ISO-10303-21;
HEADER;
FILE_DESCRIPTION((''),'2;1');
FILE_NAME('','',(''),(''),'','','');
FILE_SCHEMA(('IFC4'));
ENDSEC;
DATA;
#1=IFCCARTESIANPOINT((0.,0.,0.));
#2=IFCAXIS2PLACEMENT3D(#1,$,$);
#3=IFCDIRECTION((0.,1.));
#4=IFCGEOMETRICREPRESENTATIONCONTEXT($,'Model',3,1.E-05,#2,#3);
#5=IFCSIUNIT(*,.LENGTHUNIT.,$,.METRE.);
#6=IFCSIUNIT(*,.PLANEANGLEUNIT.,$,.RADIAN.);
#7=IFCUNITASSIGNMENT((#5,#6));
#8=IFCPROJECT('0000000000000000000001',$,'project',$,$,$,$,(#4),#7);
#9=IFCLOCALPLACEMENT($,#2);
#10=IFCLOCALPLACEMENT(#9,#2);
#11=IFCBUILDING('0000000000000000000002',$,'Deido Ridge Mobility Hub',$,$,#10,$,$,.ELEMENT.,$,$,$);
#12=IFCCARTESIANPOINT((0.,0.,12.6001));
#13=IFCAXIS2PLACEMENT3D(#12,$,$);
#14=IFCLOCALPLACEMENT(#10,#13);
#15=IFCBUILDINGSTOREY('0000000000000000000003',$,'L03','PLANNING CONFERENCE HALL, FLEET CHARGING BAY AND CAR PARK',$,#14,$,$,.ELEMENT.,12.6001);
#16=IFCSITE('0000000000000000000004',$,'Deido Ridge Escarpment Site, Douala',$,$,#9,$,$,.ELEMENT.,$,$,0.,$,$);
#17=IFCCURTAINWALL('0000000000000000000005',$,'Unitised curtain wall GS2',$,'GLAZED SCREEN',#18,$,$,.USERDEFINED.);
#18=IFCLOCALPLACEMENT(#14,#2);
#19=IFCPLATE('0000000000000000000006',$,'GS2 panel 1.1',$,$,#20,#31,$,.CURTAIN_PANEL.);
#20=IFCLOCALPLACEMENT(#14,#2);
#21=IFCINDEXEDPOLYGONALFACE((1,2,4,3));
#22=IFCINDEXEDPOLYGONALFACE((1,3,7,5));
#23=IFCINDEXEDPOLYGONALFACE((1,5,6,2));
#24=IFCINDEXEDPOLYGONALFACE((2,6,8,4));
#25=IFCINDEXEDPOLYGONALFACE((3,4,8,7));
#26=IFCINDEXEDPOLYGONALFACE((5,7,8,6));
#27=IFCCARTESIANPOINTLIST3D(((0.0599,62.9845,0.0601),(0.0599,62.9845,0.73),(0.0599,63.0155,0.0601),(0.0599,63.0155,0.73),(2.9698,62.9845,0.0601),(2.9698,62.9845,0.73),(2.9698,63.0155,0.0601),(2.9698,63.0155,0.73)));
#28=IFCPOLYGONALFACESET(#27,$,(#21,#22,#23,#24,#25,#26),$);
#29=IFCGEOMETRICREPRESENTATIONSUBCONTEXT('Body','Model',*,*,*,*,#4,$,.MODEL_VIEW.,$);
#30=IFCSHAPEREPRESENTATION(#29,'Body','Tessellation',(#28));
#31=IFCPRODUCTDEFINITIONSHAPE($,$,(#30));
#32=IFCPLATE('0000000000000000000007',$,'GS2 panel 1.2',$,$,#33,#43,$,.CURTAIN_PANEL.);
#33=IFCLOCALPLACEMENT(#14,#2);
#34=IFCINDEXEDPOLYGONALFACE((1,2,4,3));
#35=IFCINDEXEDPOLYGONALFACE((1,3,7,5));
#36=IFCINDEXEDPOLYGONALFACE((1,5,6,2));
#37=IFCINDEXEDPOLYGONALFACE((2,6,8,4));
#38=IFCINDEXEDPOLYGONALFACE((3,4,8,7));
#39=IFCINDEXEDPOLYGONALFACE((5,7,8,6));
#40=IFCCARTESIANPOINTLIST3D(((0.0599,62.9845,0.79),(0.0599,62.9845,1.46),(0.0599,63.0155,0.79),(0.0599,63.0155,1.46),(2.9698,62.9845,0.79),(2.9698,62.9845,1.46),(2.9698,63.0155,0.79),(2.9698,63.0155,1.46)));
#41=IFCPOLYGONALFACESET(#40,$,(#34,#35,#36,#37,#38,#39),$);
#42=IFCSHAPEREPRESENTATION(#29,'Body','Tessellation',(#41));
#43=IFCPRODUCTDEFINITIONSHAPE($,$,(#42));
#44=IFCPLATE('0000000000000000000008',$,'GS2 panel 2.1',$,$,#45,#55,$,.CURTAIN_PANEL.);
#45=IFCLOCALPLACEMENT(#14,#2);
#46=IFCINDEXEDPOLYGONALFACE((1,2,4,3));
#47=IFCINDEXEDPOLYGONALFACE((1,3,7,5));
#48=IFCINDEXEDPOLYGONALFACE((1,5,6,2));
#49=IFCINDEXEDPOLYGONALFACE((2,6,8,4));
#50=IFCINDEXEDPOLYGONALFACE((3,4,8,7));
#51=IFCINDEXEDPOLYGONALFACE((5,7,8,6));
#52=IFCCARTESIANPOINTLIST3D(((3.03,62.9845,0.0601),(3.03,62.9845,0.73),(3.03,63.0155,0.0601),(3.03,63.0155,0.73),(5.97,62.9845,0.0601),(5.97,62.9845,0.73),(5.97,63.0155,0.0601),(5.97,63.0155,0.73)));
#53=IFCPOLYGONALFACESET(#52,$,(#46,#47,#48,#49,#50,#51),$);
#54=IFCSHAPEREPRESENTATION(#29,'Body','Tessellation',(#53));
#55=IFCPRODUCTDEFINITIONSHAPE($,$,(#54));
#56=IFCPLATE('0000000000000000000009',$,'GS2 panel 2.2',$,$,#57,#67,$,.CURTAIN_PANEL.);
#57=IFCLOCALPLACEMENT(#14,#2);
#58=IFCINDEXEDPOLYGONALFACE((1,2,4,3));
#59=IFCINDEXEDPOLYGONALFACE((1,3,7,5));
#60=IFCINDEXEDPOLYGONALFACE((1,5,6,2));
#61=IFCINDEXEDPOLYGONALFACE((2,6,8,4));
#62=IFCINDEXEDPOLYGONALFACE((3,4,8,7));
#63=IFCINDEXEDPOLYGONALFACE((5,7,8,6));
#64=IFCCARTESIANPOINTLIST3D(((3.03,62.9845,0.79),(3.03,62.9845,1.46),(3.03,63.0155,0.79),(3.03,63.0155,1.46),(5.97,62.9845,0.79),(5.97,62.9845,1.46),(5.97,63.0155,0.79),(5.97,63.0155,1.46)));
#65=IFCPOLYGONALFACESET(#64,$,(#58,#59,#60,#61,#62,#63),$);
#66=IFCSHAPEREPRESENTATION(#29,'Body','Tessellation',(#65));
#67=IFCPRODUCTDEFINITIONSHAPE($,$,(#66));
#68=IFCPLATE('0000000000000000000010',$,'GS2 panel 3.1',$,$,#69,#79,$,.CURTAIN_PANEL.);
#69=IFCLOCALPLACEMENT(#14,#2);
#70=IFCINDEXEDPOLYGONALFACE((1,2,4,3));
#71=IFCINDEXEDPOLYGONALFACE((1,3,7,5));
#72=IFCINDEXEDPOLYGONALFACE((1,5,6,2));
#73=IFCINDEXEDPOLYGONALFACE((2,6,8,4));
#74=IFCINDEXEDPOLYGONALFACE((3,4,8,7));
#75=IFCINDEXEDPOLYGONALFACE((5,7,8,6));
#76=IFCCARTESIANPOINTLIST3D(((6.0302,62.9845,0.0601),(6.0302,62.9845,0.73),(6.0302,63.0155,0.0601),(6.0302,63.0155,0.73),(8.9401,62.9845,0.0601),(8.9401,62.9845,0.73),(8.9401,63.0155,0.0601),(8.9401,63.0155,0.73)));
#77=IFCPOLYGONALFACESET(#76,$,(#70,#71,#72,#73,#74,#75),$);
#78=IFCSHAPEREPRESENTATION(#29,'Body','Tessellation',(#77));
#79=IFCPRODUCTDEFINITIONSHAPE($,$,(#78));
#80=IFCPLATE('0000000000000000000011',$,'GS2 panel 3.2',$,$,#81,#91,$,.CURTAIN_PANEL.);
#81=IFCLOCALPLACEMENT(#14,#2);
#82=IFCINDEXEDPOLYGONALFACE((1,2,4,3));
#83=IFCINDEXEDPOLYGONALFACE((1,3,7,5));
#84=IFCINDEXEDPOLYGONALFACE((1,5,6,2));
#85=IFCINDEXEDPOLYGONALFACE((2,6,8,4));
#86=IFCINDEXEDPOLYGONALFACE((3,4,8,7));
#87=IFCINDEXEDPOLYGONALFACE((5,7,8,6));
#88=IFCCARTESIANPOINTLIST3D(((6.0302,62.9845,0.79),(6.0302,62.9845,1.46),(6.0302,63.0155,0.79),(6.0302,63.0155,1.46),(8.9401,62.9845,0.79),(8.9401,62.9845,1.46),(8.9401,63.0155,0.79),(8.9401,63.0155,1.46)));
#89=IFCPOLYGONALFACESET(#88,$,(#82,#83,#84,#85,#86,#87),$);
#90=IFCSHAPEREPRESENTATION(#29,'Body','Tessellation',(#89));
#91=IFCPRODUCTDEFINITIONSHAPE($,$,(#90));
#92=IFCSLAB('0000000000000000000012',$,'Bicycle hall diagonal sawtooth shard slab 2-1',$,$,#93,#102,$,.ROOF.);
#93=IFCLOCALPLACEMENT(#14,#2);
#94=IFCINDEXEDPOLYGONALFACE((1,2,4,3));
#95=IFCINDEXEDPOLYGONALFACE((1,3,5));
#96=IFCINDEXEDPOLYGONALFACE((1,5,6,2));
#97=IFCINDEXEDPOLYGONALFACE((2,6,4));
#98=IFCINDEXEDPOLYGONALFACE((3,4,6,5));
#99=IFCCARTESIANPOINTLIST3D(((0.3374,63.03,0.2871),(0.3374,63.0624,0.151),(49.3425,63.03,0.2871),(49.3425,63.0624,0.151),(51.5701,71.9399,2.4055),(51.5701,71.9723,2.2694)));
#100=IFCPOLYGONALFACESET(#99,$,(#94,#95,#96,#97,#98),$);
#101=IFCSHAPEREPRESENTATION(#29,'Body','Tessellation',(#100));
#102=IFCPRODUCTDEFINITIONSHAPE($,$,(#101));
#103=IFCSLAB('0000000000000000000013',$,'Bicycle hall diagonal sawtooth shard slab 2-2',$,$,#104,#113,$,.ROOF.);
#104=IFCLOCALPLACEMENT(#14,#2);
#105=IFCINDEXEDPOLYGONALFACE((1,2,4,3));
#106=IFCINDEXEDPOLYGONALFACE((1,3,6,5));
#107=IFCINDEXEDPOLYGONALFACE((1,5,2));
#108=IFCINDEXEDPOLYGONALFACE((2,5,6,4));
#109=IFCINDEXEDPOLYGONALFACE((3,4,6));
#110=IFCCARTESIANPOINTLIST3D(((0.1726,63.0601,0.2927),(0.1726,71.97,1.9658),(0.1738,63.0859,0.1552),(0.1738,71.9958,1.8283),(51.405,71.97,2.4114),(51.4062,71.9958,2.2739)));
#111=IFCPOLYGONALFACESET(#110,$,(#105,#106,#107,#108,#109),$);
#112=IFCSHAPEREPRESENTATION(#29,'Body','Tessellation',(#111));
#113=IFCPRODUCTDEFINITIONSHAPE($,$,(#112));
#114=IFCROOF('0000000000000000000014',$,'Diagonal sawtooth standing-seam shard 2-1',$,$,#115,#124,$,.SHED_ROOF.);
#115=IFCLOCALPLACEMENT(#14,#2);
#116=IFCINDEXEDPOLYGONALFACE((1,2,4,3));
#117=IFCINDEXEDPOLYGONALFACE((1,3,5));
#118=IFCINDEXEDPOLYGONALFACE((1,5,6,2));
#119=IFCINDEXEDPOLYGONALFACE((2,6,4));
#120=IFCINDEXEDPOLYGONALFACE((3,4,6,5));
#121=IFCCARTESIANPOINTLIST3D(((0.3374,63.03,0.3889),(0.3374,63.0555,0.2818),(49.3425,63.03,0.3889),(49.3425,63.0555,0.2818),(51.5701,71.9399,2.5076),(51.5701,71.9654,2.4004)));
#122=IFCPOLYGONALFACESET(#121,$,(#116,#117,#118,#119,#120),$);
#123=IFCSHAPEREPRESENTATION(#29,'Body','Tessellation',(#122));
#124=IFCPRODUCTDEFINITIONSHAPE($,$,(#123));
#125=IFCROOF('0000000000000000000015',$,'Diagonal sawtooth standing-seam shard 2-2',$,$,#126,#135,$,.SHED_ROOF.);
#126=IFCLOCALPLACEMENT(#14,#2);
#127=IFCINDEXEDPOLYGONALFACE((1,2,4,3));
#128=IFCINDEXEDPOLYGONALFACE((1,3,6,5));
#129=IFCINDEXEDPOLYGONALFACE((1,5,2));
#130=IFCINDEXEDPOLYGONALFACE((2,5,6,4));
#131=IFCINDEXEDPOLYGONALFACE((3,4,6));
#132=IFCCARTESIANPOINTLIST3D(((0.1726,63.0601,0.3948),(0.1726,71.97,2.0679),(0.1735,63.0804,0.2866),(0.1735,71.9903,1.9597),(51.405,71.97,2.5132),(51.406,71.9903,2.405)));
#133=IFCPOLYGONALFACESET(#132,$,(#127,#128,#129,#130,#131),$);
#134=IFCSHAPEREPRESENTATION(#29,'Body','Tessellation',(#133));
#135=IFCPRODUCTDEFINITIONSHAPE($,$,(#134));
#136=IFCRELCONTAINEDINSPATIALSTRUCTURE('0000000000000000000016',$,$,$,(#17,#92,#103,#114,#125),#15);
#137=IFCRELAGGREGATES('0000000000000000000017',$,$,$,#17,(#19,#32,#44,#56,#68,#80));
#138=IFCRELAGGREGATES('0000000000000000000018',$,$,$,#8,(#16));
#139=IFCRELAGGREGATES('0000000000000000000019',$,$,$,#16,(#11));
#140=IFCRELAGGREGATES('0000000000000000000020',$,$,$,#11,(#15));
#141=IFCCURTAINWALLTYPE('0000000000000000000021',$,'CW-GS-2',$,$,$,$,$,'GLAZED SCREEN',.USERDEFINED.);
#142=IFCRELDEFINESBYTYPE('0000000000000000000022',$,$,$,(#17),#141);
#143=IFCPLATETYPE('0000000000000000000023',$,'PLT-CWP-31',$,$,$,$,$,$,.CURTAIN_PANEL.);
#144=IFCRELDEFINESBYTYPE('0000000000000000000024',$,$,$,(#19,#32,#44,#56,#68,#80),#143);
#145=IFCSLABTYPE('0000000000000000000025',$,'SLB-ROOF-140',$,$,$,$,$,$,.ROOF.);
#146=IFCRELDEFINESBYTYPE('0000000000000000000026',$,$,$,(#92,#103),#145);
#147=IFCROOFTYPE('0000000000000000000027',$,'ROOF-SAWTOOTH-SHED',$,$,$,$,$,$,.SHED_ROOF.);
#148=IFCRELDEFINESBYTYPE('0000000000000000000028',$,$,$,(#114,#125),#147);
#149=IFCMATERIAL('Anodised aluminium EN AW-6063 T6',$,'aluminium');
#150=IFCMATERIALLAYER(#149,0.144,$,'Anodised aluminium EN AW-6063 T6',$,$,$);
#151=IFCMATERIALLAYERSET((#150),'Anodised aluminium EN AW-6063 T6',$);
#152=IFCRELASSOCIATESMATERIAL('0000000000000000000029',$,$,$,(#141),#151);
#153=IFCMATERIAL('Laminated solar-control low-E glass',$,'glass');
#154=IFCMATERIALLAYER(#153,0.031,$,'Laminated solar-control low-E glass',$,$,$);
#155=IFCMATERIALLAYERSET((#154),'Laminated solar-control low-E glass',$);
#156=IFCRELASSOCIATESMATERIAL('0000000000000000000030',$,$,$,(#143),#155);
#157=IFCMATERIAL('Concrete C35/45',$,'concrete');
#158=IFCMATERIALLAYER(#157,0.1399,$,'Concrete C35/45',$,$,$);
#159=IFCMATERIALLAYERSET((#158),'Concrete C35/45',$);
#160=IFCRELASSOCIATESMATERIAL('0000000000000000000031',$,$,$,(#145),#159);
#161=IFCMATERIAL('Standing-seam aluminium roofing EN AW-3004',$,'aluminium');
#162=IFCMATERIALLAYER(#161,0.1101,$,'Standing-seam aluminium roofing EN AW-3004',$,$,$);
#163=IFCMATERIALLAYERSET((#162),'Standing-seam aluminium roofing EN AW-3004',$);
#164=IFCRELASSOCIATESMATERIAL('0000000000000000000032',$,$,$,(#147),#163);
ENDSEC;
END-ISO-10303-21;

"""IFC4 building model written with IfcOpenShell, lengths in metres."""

from ifc_helpers import new_model, si_unit, direction, frame, origin, origin_2d, place, context, subcontext, project, spatial, polyline, rectangle, outline, extrude, material, layer, layer_set, type_object, element, aggregate, save


model = new_model("IFC4")

# Units and contexts
model_context = context("Model", 3, precision=1e-05, world=origin(), true_north=direction((0.0, 1.0)))
body_context = subcontext(model_context, "Body", "Model", "MODEL_VIEW")
ifc_project = project(units=[si_unit("LENGTHUNIT", "METRE"), si_unit("PLANEANGLEUNIT", "RADIAN")], contexts=[model_context])

# Site, building, storey
site_placement = place(None, origin())
site = spatial("IfcSite", under=ifc_project, at=site_placement, Name="Deido Ridge Escarpment Site, Douala", CompositionType="ELEMENT", RefElevation=0.0)
building_placement = place(site_placement, origin())
building = spatial("IfcBuilding", under=site, at=building_placement, Name="Deido Ridge Mobility Hub", CompositionType="ELEMENT")
storey_placement = place(building_placement, frame((0.0, 0.0, 12.6001)))
storey = spatial("IfcBuildingStorey", under=building, at=storey_placement, Name="L03", Description="PLANNING CONFERENCE HALL, FLEET CHARGING BAY AND CAR PARK", CompositionType="ELEMENT", Elevation=12.6001)

# Curtain wall
ifc_material_1 = material(Name="Anodised aluminium EN AW-6063 T6", Category="aluminium")
ifc_layer_1 = layer(ifc_material_1, 0.144, Name="Anodised aluminium EN AW-6063 T6")
ifc_layer_set_1 = layer_set([ifc_layer_1], Name="Anodised aluminium EN AW-6063 T6")
curtain_wall_type = type_object("IfcCurtainWallType", Name="CW-GS-2", ElementType="GLAZED SCREEN", PredefinedType="USERDEFINED", material=ifc_layer_set_1)
curtain_wall_placement = place(storey_placement, origin())
curtain_wall = element("IfcCurtainWall", 1, at=curtain_wall_placement, inside=storey, type_object=curtain_wall_type, Name="Unitised curtain wall GS2", ObjectType="GLAZED SCREEN", PredefinedType="USERDEFINED")

# Plates
ifc_material_2 = material(Name="Laminated solar-control low-E glass", Category="glass")
ifc_layer_2 = layer(ifc_material_2, 0.031, Name="Laminated solar-control low-E glass")
ifc_layer_set_2 = layer_set([ifc_layer_2], Name="Laminated solar-control low-E glass")
plate_type_1 = type_object("IfcPlateType", Name="PLT-CWP-31", PredefinedType="CURTAIN_PANEL", material=ifc_layer_set_2)
plate_1_placement = place(storey_placement, frame((1.5149, 63.0, 0.0601), z_axis=(0.0, 0.0, 1.0), x_axis=(1.0, 0.0, 0.0)))
plate_1 = element("IfcPlate", 2, at=plate_1_placement, type_object=plate_type_1, Name="GS2 panel 1.1", PredefinedType="CURTAIN_PANEL", context=body_context, shape_type="SweptSolid", body=[
    extrude(rectangle(XDim=2.9099, YDim=0.031, at=origin_2d()), origin(), (0.0, 0.0, 1.0), 0.6699),
])
plate_2_placement = place(storey_placement, frame((1.5149, 63.0, 0.79), z_axis=(0.0, 0.0, 1.0), x_axis=(1.0, 0.0, 0.0)))
plate_2 = element("IfcPlate", 3, at=plate_2_placement, type_object=plate_type_1, Name="GS2 panel 1.2", PredefinedType="CURTAIN_PANEL", context=body_context, shape_type="SweptSolid", body=[
    extrude(rectangle(XDim=2.9099, YDim=0.031, at=origin_2d()), origin(), (0.0, 0.0, 1.0), 0.6699),
])
plate_3_placement = place(storey_placement, frame((4.5, 63.0, 0.0601), z_axis=(0.0, 0.0, 1.0), x_axis=(1.0, 0.0, 0.0)))
plate_3 = element("IfcPlate", 4, at=plate_3_placement, type_object=plate_type_1, Name="GS2 panel 2.1", PredefinedType="CURTAIN_PANEL", context=body_context, shape_type="SweptSolid", body=[
    extrude(rectangle(XDim=2.9399, YDim=0.031, at=origin_2d()), origin(), (0.0, 0.0, 1.0), 0.6699),
])
plate_4_placement = place(storey_placement, frame((4.5, 63.0, 0.79), z_axis=(0.0, 0.0, 1.0), x_axis=(1.0, 0.0, 0.0)))
plate_4 = element("IfcPlate", 5, at=plate_4_placement, type_object=plate_type_1, Name="GS2 panel 2.2", PredefinedType="CURTAIN_PANEL", context=body_context, shape_type="SweptSolid", body=[
    extrude(rectangle(XDim=2.9399, YDim=0.031, at=origin_2d()), origin(), (0.0, 0.0, 1.0), 0.6699),
])
plate_5_placement = place(storey_placement, frame((7.4851, 63.0, 0.0601), z_axis=(0.0, 0.0, 1.0), x_axis=(1.0, 0.0, 0.0)))
plate_5 = element("IfcPlate", 6, at=plate_5_placement, type_object=plate_type_1, Name="GS2 panel 3.1", PredefinedType="CURTAIN_PANEL", context=body_context, shape_type="SweptSolid", body=[
    extrude(rectangle(XDim=2.9099, YDim=0.031, at=origin_2d()), origin(), (0.0, 0.0, 1.0), 0.6699),
])
plate_6_placement = place(storey_placement, frame((7.4851, 63.0, 0.79), z_axis=(0.0, 0.0, 1.0), x_axis=(1.0, 0.0, 0.0)))
plate_6 = element("IfcPlate", 7, at=plate_6_placement, type_object=plate_type_1, Name="GS2 panel 3.2", PredefinedType="CURTAIN_PANEL", context=body_context, shape_type="SweptSolid", body=[
    extrude(rectangle(XDim=2.9099, YDim=0.031, at=origin_2d()), origin(), (0.0, 0.0, 1.0), 0.6699),
])
aggregate(curtain_wall, [plate_1, plate_2, plate_3, plate_4, plate_5, plate_6])

# Slabs
ifc_material_3 = material(Name="Concrete C35/45", Category="concrete")
ifc_layer_3 = layer(ifc_material_3, 0.1399, Name="Concrete C35/45")
ifc_layer_set_3 = layer_set([ifc_layer_3], Name="Concrete C35/45")
slab_type = type_object("IfcSlabType", Name="SLB-ROOF-140", PredefinedType="ROOF", material=ifc_layer_set_3)
slab_1_placement = place(storey_placement, frame((0.3374, 63.03, 0.2871), z_axis=(0.0, -0.231311, 0.97288), x_axis=(1.0, 0.0, 0.0)))
element("IfcSlab", 8, at=slab_1_placement, inside=storey, type_object=slab_type, Name="Bicycle hall diagonal sawtooth shard slab 2-1", PredefinedType="ROOF", context=body_context, shape_type="SweptSolid", body=[
    extrude(outline(polyline([(0.0, 0.0), (49.0051, 0.0), (51.2327, 9.1583), (0.0, 0.0)])), origin(), (0.0, 0.0, -1.0), 0.1399),
])
slab_2_placement = place(storey_placement, frame((0.1726, 63.0601, 0.2927), z_axis=(-0.008547, -0.184547, 0.982787), x_axis=(0.984395, 0.171198, 0.040708)))
element("IfcSlab", 9, at=slab_2_placement, inside=storey, type_object=slab_type, Name="Bicycle hall diagonal sawtooth shard slab 2-2", PredefinedType="ROOF", context=body_context, shape_type="SweptSolid", body=[
    extrude(outline(polyline([(0.0, 0.0), (52.0446, 0.0), (1.5935, 8.9245), (0.0, 0.0)])), origin(), (0.0, 0.0, -1.0), 0.1399),
])

# Roofs
ifc_material_4 = material(Name="Standing-seam aluminium roofing EN AW-3004", Category="aluminium")
ifc_layer_4 = layer(ifc_material_4, 0.1101, Name="Standing-seam aluminium roofing EN AW-3004")
ifc_layer_set_4 = layer_set([ifc_layer_4], Name="Standing-seam aluminium roofing EN AW-3004")
roof_type = type_object("IfcRoofType", Name="ROOF-SAWTOOTH-SHED", PredefinedType="SHED_ROOF", material=ifc_layer_set_4)
roof_1_placement = place(storey_placement, frame((0.3374, 63.03, 0.3889), z_axis=(0.0, -0.231336, 0.972874), x_axis=(1.0, 0.0, 0.0)))
element("IfcRoof", 10, at=roof_1_placement, inside=storey, type_object=roof_type, Name="Diagonal sawtooth standing-seam shard 2-1", PredefinedType="SHED_ROOF", context=body_context, shape_type="SweptSolid", body=[
    extrude(outline(polyline([(0.0, 0.0), (49.0051, 0.0), (51.2327, 9.1583), (0.0, 0.0)])), origin(), (0.0, 0.0, -1.0), 0.1101),
])
roof_2_placement = place(storey_placement, frame((0.1726, 63.0601, 0.3948), z_axis=(-0.008542, -0.184547, 0.982787), x_axis=(0.984396, 0.171198, 0.040704)))
element("IfcRoof", 11, at=roof_2_placement, inside=storey, type_object=roof_type, Name="Diagonal sawtooth standing-seam shard 2-2", PredefinedType="SHED_ROOF", context=body_context, shape_type="SweptSolid", body=[
    extrude(outline(polyline([(0.0, 0.0), (52.0446, 0.0), (1.5935, 8.9245), (0.0, 0.0)])), origin(), (0.0, 0.0, -1.0), 0.1101),
])

save(model, "model.ifc")
